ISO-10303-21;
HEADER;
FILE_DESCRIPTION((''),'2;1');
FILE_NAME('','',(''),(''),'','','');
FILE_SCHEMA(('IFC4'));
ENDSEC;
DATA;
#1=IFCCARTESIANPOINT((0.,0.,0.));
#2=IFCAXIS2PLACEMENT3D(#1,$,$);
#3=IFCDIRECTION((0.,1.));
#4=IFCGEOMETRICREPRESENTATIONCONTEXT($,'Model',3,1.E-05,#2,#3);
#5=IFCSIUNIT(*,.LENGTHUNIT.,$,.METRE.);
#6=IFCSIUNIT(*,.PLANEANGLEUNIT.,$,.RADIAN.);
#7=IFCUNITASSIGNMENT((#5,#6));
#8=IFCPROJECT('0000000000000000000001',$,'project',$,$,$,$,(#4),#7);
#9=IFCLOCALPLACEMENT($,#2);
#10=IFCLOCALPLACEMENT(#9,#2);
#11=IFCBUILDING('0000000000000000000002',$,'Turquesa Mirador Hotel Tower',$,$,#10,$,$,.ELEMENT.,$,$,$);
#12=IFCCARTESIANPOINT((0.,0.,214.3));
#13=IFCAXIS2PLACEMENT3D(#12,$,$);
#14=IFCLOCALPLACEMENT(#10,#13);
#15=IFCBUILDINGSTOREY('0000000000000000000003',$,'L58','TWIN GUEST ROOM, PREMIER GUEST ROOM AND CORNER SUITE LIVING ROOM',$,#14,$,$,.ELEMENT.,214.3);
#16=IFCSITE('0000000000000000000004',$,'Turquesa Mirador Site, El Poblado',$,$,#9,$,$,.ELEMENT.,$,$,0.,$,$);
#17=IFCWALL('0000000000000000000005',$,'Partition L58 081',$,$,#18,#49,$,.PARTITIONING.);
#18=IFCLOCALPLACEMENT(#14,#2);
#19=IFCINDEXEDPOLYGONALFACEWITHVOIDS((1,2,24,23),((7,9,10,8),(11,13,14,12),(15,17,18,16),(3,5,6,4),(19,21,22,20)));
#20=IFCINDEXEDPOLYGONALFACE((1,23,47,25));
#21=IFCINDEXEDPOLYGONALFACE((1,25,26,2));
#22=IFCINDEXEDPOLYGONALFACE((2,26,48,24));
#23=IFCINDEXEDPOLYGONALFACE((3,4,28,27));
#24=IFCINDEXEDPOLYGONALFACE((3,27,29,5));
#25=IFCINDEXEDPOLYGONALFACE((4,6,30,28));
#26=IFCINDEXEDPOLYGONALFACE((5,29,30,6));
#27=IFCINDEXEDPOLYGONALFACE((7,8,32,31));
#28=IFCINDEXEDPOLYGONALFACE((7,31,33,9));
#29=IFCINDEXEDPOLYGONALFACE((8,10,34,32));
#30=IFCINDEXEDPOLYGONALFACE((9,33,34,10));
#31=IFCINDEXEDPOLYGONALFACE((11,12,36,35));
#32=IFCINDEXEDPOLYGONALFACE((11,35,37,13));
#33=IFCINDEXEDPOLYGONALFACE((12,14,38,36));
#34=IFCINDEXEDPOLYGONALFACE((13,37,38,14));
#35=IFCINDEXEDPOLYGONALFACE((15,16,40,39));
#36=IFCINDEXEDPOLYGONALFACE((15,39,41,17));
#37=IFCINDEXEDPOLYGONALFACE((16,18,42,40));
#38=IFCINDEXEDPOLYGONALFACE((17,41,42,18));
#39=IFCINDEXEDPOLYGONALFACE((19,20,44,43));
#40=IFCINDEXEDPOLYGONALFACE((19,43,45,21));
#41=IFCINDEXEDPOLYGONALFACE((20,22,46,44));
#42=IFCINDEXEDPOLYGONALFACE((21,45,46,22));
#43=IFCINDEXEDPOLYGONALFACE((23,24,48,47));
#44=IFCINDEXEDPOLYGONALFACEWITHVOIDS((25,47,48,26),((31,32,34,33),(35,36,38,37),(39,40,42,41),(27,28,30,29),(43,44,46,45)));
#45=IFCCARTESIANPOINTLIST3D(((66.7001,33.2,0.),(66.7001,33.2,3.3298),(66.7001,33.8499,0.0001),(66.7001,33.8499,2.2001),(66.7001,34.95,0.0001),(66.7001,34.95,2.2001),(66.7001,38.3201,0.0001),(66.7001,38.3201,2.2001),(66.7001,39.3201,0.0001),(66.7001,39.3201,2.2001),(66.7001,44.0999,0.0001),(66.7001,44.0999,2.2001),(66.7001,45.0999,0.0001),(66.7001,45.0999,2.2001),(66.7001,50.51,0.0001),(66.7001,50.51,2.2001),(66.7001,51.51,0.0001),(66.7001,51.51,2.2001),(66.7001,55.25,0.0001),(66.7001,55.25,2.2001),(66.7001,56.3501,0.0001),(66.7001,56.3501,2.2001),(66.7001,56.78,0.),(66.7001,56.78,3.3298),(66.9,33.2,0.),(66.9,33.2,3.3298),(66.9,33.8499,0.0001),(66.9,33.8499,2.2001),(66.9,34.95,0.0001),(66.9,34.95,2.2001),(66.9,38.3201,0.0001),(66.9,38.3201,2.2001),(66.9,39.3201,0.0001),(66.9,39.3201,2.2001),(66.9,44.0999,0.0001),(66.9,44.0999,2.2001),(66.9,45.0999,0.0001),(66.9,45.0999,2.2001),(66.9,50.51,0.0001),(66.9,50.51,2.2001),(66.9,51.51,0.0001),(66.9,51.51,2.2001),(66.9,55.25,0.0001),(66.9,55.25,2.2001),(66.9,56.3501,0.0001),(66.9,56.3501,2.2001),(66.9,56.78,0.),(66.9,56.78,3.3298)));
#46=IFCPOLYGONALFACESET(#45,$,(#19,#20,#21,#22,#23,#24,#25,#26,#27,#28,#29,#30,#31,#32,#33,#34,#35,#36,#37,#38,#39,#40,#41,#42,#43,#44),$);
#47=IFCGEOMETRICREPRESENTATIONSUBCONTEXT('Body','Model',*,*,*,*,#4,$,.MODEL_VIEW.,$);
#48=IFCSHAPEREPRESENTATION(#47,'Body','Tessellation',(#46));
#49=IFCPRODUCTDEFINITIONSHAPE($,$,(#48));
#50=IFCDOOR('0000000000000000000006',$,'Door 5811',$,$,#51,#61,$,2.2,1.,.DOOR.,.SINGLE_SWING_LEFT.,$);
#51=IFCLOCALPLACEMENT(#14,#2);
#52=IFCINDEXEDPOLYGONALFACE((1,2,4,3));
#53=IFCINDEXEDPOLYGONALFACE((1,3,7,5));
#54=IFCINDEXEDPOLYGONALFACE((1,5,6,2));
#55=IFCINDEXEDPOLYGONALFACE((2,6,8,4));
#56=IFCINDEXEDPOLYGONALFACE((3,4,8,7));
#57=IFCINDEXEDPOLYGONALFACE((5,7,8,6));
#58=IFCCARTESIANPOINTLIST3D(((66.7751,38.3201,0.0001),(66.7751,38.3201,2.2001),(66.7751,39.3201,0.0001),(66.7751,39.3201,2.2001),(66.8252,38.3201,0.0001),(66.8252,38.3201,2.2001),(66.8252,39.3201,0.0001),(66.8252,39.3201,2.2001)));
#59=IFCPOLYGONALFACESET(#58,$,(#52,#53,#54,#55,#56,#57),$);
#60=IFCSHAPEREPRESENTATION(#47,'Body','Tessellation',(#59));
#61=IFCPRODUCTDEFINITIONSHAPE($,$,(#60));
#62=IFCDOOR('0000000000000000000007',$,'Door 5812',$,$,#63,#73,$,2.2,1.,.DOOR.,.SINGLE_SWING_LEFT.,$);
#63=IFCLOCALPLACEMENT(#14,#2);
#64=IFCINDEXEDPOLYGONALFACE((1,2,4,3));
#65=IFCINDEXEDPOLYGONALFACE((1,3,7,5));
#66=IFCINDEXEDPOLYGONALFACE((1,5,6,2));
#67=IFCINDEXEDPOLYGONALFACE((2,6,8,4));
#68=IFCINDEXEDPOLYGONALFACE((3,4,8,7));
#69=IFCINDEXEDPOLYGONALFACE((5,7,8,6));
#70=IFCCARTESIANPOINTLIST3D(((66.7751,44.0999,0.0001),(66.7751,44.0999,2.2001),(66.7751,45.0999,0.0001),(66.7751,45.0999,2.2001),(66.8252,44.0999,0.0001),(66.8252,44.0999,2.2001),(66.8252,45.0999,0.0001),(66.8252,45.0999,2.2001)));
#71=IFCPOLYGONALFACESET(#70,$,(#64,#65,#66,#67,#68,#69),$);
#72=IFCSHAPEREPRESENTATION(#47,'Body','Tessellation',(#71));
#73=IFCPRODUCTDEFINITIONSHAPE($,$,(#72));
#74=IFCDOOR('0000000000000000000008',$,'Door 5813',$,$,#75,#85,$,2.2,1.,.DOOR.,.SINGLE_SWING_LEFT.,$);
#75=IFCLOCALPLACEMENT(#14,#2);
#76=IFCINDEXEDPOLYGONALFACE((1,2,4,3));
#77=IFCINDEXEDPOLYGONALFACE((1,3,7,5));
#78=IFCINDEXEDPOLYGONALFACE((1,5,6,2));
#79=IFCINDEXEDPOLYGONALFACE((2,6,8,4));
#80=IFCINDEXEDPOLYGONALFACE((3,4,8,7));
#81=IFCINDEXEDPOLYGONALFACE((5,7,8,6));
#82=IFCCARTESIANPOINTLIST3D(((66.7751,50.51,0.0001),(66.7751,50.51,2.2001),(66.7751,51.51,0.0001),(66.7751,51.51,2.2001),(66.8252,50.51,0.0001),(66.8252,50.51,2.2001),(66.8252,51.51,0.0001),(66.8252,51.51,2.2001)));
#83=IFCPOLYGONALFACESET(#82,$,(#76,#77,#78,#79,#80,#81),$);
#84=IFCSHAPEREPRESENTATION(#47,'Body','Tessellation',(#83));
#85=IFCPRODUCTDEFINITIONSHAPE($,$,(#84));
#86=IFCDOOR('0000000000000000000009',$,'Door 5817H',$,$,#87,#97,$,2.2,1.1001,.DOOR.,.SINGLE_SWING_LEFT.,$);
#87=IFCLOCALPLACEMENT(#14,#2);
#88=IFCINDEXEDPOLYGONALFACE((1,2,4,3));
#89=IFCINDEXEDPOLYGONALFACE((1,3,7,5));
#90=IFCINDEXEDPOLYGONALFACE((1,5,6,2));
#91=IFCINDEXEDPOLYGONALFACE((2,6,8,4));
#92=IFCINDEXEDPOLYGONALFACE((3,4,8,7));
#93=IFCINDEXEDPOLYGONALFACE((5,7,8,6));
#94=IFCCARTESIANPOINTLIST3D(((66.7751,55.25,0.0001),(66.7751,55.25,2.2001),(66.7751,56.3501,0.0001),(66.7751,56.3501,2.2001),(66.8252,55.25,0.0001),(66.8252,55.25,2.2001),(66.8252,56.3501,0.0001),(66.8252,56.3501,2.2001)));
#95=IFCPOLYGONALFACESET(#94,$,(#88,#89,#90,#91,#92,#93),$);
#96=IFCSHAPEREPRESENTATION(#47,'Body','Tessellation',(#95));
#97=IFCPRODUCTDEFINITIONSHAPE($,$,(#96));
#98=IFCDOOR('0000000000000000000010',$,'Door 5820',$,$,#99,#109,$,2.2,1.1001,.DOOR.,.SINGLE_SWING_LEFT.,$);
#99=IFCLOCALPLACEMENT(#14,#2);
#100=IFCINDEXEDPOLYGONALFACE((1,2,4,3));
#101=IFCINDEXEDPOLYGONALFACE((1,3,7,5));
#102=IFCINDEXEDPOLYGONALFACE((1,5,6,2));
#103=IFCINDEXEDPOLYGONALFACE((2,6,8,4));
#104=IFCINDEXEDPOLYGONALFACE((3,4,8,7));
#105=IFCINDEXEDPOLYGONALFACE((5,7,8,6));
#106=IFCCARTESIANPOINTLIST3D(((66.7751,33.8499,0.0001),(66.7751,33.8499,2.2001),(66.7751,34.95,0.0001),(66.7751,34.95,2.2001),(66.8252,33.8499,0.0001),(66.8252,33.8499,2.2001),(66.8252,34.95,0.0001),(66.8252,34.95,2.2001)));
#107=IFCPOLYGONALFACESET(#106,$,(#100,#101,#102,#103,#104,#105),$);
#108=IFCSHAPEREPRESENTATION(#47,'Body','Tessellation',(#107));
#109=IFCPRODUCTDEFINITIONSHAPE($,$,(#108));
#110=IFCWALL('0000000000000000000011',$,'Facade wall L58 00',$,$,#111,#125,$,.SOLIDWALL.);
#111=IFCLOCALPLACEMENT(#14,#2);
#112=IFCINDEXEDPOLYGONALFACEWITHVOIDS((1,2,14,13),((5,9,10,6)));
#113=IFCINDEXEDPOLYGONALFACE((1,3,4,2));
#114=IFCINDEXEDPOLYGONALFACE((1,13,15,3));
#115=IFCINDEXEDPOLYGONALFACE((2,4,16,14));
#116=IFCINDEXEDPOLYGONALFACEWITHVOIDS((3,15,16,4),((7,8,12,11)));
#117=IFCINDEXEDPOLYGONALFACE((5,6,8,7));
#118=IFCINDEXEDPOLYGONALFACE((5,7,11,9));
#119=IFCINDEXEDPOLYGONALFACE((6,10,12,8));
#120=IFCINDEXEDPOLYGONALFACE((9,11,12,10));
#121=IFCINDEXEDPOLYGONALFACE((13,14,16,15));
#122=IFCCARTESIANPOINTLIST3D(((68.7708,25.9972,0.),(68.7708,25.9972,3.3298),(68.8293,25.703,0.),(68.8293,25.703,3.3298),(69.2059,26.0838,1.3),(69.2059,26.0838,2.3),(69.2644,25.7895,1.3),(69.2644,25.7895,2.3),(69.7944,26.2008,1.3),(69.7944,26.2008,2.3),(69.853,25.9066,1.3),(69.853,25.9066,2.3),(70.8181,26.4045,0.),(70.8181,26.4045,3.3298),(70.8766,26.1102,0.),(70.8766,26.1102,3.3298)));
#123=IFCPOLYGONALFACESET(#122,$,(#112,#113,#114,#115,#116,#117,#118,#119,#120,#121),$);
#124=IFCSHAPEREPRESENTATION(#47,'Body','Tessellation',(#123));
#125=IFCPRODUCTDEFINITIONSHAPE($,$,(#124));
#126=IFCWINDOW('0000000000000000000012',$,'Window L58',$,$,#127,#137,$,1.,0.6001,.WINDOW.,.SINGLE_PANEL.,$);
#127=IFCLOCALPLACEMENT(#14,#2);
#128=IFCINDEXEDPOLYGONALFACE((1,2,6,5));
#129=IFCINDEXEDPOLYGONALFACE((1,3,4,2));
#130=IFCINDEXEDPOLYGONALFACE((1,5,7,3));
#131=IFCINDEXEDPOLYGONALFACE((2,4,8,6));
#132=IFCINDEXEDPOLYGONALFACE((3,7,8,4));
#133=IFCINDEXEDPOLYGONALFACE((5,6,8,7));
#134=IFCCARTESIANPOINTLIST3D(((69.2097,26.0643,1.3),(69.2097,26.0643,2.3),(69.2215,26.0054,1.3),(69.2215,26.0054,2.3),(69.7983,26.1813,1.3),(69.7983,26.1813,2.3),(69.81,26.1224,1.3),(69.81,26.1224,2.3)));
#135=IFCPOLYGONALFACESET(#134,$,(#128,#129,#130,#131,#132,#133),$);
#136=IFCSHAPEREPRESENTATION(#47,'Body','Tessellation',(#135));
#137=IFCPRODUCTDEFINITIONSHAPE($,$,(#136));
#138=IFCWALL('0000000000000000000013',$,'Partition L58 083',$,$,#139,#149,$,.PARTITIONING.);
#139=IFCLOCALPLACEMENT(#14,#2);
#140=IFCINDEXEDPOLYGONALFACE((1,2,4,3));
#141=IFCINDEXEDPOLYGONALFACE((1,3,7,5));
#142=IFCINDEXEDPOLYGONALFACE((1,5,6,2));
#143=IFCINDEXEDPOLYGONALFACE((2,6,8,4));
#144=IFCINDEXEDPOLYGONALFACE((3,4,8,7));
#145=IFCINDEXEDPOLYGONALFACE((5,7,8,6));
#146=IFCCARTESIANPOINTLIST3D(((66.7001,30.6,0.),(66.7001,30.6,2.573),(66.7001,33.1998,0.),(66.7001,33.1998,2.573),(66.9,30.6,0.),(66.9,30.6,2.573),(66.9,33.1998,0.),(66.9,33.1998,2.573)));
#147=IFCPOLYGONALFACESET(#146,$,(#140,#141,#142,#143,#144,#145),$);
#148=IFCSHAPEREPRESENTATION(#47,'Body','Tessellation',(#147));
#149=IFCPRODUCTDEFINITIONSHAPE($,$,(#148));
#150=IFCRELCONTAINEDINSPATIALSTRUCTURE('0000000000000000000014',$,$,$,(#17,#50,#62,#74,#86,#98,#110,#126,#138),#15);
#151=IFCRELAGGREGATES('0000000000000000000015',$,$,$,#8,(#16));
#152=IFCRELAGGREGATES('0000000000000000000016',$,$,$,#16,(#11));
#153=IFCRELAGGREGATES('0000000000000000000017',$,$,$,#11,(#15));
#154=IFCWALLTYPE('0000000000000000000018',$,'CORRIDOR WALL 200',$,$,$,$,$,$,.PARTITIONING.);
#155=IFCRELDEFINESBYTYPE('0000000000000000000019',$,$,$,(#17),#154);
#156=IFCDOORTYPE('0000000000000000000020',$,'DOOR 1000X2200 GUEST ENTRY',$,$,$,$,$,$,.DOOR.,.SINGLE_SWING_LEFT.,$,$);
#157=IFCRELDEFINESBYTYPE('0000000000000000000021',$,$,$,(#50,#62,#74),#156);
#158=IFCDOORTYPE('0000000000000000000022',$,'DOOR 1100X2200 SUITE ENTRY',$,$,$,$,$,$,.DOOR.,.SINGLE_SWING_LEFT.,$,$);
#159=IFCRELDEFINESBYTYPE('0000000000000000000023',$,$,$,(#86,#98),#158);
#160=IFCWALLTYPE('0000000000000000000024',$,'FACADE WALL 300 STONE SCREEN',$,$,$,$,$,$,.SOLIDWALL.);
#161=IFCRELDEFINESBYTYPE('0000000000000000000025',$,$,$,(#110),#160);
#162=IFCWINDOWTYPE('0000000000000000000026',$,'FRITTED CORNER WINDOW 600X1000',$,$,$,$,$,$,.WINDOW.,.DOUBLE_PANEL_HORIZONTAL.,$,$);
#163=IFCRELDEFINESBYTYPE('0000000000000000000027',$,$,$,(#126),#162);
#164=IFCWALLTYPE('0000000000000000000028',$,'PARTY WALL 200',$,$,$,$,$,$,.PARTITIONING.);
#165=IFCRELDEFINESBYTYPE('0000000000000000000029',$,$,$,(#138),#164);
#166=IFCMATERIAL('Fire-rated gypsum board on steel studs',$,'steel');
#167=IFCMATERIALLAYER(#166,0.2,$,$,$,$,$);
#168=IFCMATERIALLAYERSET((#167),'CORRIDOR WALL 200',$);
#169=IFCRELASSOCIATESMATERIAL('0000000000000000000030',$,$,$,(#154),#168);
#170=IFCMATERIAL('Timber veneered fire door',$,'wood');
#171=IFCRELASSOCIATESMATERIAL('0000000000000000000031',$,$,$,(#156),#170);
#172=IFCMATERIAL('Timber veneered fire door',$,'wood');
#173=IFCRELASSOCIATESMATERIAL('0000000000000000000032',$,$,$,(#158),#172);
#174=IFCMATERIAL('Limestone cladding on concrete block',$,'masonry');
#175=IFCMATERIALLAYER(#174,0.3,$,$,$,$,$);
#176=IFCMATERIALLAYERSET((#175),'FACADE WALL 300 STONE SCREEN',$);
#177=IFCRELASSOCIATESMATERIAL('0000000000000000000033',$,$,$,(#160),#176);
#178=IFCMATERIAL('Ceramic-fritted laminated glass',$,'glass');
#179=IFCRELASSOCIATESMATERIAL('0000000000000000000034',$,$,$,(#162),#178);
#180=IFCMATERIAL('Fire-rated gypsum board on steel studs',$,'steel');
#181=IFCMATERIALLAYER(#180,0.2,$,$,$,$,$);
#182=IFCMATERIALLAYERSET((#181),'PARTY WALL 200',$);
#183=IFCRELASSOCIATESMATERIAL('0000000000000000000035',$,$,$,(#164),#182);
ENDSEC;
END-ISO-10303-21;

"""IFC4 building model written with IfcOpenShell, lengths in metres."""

from ifc_helpers import new_model, si_unit, direction, frame, frame_2d, origin, place, context, subcontext, project, spatial, rectangle, extrude, material, layer, layer_set, type_object, element, fill, save


model = new_model("IFC4")

# Units and contexts
model_context = context("Model", 3, precision=1e-05, world=origin(), true_north=direction((0.0, 1.0)))
body_context = subcontext(model_context, "Body", "Model", "MODEL_VIEW")
ifc_project = project(units=[si_unit("LENGTHUNIT", "METRE"), si_unit("PLANEANGLEUNIT", "RADIAN")], contexts=[model_context])

# Site, building, storey
site_placement = place(None, origin())
site = spatial("IfcSite", under=ifc_project, at=site_placement, Name="Turquesa Mirador Site, El Poblado", CompositionType="ELEMENT", RefElevation=0.0)
building_placement = place(site_placement, origin())
building = spatial("IfcBuilding", under=site, at=building_placement, Name="Turquesa Mirador Hotel Tower", CompositionType="ELEMENT")
storey_placement = place(building_placement, frame((0.0, 0.0, 214.3)))
storey = spatial("IfcBuildingStorey", under=building, at=storey_placement, Name="L58", Description="TWIN GUEST ROOM, PREMIER GUEST ROOM AND CORNER SUITE LIVING ROOM", CompositionType="ELEMENT", Elevation=214.3)

# Wall, openings, doors
ifc_material_1 = material(Name="Fire-rated gypsum board on steel studs", Category="steel")
ifc_layer_1 = layer(ifc_material_1, 0.2)
ifc_layer_set_1 = layer_set([ifc_layer_1], Name="CORRIDOR WALL 200")
wall_type_1 = type_object("IfcWallType", Name="CORRIDOR WALL 200", PredefinedType="PARTITIONING", material=ifc_layer_set_1)
wall_1_placement = place(storey_placement, frame((66.8, 33.2, 0.0), z_axis=(0.0, 0.0, 1.0), x_axis=(0.0, 1.0, 0.0)))
wall_1 = element("IfcWall", 1, at=wall_1_placement, inside=storey, type_object=wall_type_1, Name="Partition L58 081", PredefinedType="PARTITIONING", context=body_context, shape_type="SweptSolid", body=[
    extrude(rectangle(XDim=23.5801, YDim=0.2, at=frame_2d((11.79, 0.0))), origin(), (0.0, 0.0, 1.0), 3.3298),
])
opening_1_placement = place(wall_1_placement, frame((5.1201, 0.0, 0.0)))
opening_1 = element("IfcOpeningElement", 2, at=opening_1_placement, cuts=wall_1, PredefinedType="OPENING", context=body_context, shape_type="SweptSolid", body=[
    extrude(rectangle(XDim=1.0, YDim=2.2, at=frame_2d((0.5, 1.1001))), frame((0.0, 0.1099, 0.0), z_axis=(0.0, -1.0, 0.0), x_axis=(1.0, 0.0, 0.0)), (0.0, 0.0, 1.0), 0.22),
])
opening_2_placement = place(wall_1_placement, frame((10.8999, 0.0, 0.0)))
opening_2 = element("IfcOpeningElement", 3, at=opening_2_placement, cuts=wall_1, PredefinedType="OPENING", context=body_context, shape_type="SweptSolid", body=[
    extrude(rectangle(XDim=1.0, YDim=2.2, at=frame_2d((0.5, 1.1001))), frame((0.0, 0.1099, 0.0), z_axis=(0.0, -1.0, 0.0), x_axis=(1.0, 0.0, 0.0)), (0.0, 0.0, 1.0), 0.22),
])
opening_3_placement = place(wall_1_placement, frame((17.3101, 0.0, 0.0)))
opening_3 = element("IfcOpeningElement", 4, at=opening_3_placement, cuts=wall_1, PredefinedType="OPENING", context=body_context, shape_type="SweptSolid", body=[
    extrude(rectangle(XDim=1.0, YDim=2.2, at=frame_2d((0.5, 1.1001))), frame((0.0, 0.1099, 0.0), z_axis=(0.0, -1.0, 0.0), x_axis=(1.0, 0.0, 0.0)), (0.0, 0.0, 1.0), 0.22),
])
opening_4_placement = place(wall_1_placement, frame((22.05, 0.0, 0.0)))
opening_4 = element("IfcOpeningElement", 5, at=opening_4_placement, cuts=wall_1, PredefinedType="OPENING", context=body_context, shape_type="SweptSolid", body=[
    extrude(rectangle(XDim=1.1001, YDim=2.2, at=frame_2d((0.55, 1.1001))), frame((0.0, 0.1099, 0.0), z_axis=(0.0, -1.0, 0.0), x_axis=(1.0, 0.0, 0.0)), (0.0, 0.0, 1.0), 0.22),
])
opening_5_placement = place(wall_1_placement, frame((0.6499, 0.0, 0.0)))
opening_5 = element("IfcOpeningElement", 6, at=opening_5_placement, cuts=wall_1, PredefinedType="OPENING", context=body_context, shape_type="SweptSolid", body=[
    extrude(rectangle(XDim=1.1001, YDim=2.2, at=frame_2d((0.55, 1.1001))), frame((0.0, 0.1099, 0.0), z_axis=(0.0, -1.0, 0.0), x_axis=(1.0, 0.0, 0.0)), (0.0, 0.0, 1.0), 0.22),
])
ifc_material_2 = material(Name="Timber veneered fire door", Category="wood")
door_type_1 = type_object("IfcDoorType", Name="DOOR 1000X2200 GUEST ENTRY", OperationType="SINGLE_SWING_LEFT", PredefinedType="DOOR", material=ifc_material_2)
door_1_placement = place(opening_1_placement, origin())
door_1 = element("IfcDoor", 7, at=door_1_placement, inside=storey, type_object=door_type_1, Name="Door 5811", OperationType="SINGLE_SWING_LEFT", OverallHeight=2.2, OverallWidth=1.0, PredefinedType="DOOR", context=body_context, shape_type="SweptSolid", body=[
    extrude(rectangle(XDim=1.0, YDim=2.2, at=frame_2d((0.5, 1.1001))), frame((0.0, 0.0249, 0.0), z_axis=(0.0, -1.0, 0.0), x_axis=(1.0, 0.0, 0.0)), (0.0, 0.0, 1.0), 0.05),
])
fill(opening_1, door_1)
door_2_placement = place(opening_2_placement, origin())
door_2 = element("IfcDoor", 8, at=door_2_placement, inside=storey, type_object=door_type_1, Name="Door 5812", OperationType="SINGLE_SWING_LEFT", OverallHeight=2.2, OverallWidth=1.0, PredefinedType="DOOR", context=body_context, shape_type="SweptSolid", body=[
    extrude(rectangle(XDim=1.0, YDim=2.2, at=frame_2d((0.5, 1.1001))), frame((0.0, 0.0249, 0.0), z_axis=(0.0, -1.0, 0.0), x_axis=(1.0, 0.0, 0.0)), (0.0, 0.0, 1.0), 0.05),
])
fill(opening_2, door_2)
door_3_placement = place(opening_3_placement, origin())
door_3 = element("IfcDoor", 9, at=door_3_placement, inside=storey, type_object=door_type_1, Name="Door 5813", OperationType="SINGLE_SWING_LEFT", OverallHeight=2.2, OverallWidth=1.0, PredefinedType="DOOR", context=body_context, shape_type="SweptSolid", body=[
    extrude(rectangle(XDim=1.0, YDim=2.2, at=frame_2d((0.5, 1.1001))), frame((0.0, 0.0249, 0.0), z_axis=(0.0, -1.0, 0.0), x_axis=(1.0, 0.0, 0.0)), (0.0, 0.0, 1.0), 0.05),
])
fill(opening_3, door_3)
ifc_material_3 = material(Name="Timber veneered fire door", Category="wood")
door_type_2 = type_object("IfcDoorType", Name="DOOR 1100X2200 SUITE ENTRY", OperationType="SINGLE_SWING_LEFT", PredefinedType="DOOR", material=ifc_material_3)
door_4_placement = place(opening_4_placement, origin())
door_4 = element("IfcDoor", 10, at=door_4_placement, inside=storey, type_object=door_type_2, Name="Door 5817H", OperationType="SINGLE_SWING_LEFT", OverallHeight=2.2, OverallWidth=1.1001, PredefinedType="DOOR", context=body_context, shape_type="SweptSolid", body=[
    extrude(rectangle(XDim=1.1001, YDim=2.2, at=frame_2d((0.55, 1.1001))), frame((0.0, 0.0249, 0.0), z_axis=(0.0, -1.0, 0.0), x_axis=(1.0, 0.0, 0.0)), (0.0, 0.0, 1.0), 0.05),
])
fill(opening_4, door_4)
door_5_placement = place(opening_5_placement, origin())
door_5 = element("IfcDoor", 11, at=door_5_placement, inside=storey, type_object=door_type_2, Name="Door 5820", OperationType="SINGLE_SWING_LEFT", OverallHeight=2.2, OverallWidth=1.1001, PredefinedType="DOOR", context=body_context, shape_type="SweptSolid", body=[
    extrude(rectangle(XDim=1.1001, YDim=2.2, at=frame_2d((0.55, 1.1001))), frame((0.0, 0.0249, 0.0), z_axis=(0.0, -1.0, 0.0), x_axis=(1.0, 0.0, 0.0)), (0.0, 0.0, 1.0), 0.05),
])
fill(opening_5, door_5)

# Wall, opening, window
ifc_material_4 = material(Name="Limestone cladding on concrete block", Category="masonry")
ifc_layer_2 = layer(ifc_material_4, 0.3)
ifc_layer_set_2 = layer_set([ifc_layer_2], Name="FACADE WALL 300 STONE SCREEN")
wall_type_2 = type_object("IfcWallType", Name="FACADE WALL 300 STONE SCREEN", PredefinedType="SOLIDWALL", material=ifc_layer_set_2)
wall_2_placement = place(storey_placement, frame((68.8, 25.8501, 0.0), z_axis=(0.0, 0.0, 1.0), x_axis=(0.980787, 0.195081, 0.0)))
wall_2 = element("IfcWall", 12, at=wall_2_placement, inside=storey, type_object=wall_type_2, Name="Facade wall L58 00", PredefinedType="SOLIDWALL", context=body_context, shape_type="SweptSolid", body=[
    extrude(rectangle(XDim=2.0874, YDim=0.3, at=frame_2d((1.0437, 0.0))), origin(), (0.0, 0.0, 1.0), 3.3298),
])
opening_6_placement = place(wall_2_placement, frame((0.4436, 0.0, 1.3)))
opening_6 = element("IfcOpeningElement", 13, at=opening_6_placement, cuts=wall_2, PredefinedType="OPENING", context=body_context, shape_type="SweptSolid", body=[
    extrude(rectangle(XDim=0.6001, YDim=1.0, at=frame_2d((0.3, 0.5))), frame((0.0, 0.1599, 0.0), z_axis=(0.0, -1.0, 0.0), x_axis=(1.0, 0.0, 0.0)), (0.0, 0.0, 1.0), 0.3201),
])
ifc_material_5 = material(Name="Ceramic-fritted laminated glass", Category="glass")
window_type = type_object("IfcWindowType", Name="FRITTED CORNER WINDOW 600X1000", PartitioningType="DOUBLE_PANEL_HORIZONTAL", PredefinedType="WINDOW", material=ifc_material_5)
window_placement = place(opening_6_placement, origin())
window = element("IfcWindow", 14, at=window_placement, inside=storey, type_object=window_type, Name="Window L58", OverallHeight=1.0, OverallWidth=0.6001, PartitioningType="SINGLE_PANEL", PredefinedType="WINDOW", context=body_context, shape_type="SweptSolid", body=[
    extrude(rectangle(XDim=0.6001, YDim=1.0, at=frame_2d((0.3, 0.5))), frame((0.0, 0.1301, 0.0), z_axis=(0.0, -1.0, 0.0), x_axis=(1.0, 0.0, 0.0)), (0.0, 0.0, 1.0), 0.0601),
])
fill(opening_6, window)

# Wall
ifc_material_6 = material(Name="Fire-rated gypsum board on steel studs", Category="steel")
ifc_layer_3 = layer(ifc_material_6, 0.2)
ifc_layer_set_3 = layer_set([ifc_layer_3], Name="PARTY WALL 200")
wall_type_3 = type_object("IfcWallType", Name="PARTY WALL 200", PredefinedType="PARTITIONING", material=ifc_layer_set_3)
wall_3_placement = place(storey_placement, frame((66.8, 30.6001, 0.0), z_axis=(0.0, 0.0, 1.0), x_axis=(0.0, 1.0, 0.0)))
element("IfcWall", 15, at=wall_3_placement, inside=storey, type_object=wall_type_3, Name="Partition L58 083", PredefinedType="PARTITIONING", context=body_context, shape_type="SweptSolid", body=[
    extrude(rectangle(XDim=2.5999, YDim=0.2, at=frame_2d((1.2998, 0.0))), origin(), (0.0, 0.0, 1.0), 2.573),
])

save(model, "model.ifc")
